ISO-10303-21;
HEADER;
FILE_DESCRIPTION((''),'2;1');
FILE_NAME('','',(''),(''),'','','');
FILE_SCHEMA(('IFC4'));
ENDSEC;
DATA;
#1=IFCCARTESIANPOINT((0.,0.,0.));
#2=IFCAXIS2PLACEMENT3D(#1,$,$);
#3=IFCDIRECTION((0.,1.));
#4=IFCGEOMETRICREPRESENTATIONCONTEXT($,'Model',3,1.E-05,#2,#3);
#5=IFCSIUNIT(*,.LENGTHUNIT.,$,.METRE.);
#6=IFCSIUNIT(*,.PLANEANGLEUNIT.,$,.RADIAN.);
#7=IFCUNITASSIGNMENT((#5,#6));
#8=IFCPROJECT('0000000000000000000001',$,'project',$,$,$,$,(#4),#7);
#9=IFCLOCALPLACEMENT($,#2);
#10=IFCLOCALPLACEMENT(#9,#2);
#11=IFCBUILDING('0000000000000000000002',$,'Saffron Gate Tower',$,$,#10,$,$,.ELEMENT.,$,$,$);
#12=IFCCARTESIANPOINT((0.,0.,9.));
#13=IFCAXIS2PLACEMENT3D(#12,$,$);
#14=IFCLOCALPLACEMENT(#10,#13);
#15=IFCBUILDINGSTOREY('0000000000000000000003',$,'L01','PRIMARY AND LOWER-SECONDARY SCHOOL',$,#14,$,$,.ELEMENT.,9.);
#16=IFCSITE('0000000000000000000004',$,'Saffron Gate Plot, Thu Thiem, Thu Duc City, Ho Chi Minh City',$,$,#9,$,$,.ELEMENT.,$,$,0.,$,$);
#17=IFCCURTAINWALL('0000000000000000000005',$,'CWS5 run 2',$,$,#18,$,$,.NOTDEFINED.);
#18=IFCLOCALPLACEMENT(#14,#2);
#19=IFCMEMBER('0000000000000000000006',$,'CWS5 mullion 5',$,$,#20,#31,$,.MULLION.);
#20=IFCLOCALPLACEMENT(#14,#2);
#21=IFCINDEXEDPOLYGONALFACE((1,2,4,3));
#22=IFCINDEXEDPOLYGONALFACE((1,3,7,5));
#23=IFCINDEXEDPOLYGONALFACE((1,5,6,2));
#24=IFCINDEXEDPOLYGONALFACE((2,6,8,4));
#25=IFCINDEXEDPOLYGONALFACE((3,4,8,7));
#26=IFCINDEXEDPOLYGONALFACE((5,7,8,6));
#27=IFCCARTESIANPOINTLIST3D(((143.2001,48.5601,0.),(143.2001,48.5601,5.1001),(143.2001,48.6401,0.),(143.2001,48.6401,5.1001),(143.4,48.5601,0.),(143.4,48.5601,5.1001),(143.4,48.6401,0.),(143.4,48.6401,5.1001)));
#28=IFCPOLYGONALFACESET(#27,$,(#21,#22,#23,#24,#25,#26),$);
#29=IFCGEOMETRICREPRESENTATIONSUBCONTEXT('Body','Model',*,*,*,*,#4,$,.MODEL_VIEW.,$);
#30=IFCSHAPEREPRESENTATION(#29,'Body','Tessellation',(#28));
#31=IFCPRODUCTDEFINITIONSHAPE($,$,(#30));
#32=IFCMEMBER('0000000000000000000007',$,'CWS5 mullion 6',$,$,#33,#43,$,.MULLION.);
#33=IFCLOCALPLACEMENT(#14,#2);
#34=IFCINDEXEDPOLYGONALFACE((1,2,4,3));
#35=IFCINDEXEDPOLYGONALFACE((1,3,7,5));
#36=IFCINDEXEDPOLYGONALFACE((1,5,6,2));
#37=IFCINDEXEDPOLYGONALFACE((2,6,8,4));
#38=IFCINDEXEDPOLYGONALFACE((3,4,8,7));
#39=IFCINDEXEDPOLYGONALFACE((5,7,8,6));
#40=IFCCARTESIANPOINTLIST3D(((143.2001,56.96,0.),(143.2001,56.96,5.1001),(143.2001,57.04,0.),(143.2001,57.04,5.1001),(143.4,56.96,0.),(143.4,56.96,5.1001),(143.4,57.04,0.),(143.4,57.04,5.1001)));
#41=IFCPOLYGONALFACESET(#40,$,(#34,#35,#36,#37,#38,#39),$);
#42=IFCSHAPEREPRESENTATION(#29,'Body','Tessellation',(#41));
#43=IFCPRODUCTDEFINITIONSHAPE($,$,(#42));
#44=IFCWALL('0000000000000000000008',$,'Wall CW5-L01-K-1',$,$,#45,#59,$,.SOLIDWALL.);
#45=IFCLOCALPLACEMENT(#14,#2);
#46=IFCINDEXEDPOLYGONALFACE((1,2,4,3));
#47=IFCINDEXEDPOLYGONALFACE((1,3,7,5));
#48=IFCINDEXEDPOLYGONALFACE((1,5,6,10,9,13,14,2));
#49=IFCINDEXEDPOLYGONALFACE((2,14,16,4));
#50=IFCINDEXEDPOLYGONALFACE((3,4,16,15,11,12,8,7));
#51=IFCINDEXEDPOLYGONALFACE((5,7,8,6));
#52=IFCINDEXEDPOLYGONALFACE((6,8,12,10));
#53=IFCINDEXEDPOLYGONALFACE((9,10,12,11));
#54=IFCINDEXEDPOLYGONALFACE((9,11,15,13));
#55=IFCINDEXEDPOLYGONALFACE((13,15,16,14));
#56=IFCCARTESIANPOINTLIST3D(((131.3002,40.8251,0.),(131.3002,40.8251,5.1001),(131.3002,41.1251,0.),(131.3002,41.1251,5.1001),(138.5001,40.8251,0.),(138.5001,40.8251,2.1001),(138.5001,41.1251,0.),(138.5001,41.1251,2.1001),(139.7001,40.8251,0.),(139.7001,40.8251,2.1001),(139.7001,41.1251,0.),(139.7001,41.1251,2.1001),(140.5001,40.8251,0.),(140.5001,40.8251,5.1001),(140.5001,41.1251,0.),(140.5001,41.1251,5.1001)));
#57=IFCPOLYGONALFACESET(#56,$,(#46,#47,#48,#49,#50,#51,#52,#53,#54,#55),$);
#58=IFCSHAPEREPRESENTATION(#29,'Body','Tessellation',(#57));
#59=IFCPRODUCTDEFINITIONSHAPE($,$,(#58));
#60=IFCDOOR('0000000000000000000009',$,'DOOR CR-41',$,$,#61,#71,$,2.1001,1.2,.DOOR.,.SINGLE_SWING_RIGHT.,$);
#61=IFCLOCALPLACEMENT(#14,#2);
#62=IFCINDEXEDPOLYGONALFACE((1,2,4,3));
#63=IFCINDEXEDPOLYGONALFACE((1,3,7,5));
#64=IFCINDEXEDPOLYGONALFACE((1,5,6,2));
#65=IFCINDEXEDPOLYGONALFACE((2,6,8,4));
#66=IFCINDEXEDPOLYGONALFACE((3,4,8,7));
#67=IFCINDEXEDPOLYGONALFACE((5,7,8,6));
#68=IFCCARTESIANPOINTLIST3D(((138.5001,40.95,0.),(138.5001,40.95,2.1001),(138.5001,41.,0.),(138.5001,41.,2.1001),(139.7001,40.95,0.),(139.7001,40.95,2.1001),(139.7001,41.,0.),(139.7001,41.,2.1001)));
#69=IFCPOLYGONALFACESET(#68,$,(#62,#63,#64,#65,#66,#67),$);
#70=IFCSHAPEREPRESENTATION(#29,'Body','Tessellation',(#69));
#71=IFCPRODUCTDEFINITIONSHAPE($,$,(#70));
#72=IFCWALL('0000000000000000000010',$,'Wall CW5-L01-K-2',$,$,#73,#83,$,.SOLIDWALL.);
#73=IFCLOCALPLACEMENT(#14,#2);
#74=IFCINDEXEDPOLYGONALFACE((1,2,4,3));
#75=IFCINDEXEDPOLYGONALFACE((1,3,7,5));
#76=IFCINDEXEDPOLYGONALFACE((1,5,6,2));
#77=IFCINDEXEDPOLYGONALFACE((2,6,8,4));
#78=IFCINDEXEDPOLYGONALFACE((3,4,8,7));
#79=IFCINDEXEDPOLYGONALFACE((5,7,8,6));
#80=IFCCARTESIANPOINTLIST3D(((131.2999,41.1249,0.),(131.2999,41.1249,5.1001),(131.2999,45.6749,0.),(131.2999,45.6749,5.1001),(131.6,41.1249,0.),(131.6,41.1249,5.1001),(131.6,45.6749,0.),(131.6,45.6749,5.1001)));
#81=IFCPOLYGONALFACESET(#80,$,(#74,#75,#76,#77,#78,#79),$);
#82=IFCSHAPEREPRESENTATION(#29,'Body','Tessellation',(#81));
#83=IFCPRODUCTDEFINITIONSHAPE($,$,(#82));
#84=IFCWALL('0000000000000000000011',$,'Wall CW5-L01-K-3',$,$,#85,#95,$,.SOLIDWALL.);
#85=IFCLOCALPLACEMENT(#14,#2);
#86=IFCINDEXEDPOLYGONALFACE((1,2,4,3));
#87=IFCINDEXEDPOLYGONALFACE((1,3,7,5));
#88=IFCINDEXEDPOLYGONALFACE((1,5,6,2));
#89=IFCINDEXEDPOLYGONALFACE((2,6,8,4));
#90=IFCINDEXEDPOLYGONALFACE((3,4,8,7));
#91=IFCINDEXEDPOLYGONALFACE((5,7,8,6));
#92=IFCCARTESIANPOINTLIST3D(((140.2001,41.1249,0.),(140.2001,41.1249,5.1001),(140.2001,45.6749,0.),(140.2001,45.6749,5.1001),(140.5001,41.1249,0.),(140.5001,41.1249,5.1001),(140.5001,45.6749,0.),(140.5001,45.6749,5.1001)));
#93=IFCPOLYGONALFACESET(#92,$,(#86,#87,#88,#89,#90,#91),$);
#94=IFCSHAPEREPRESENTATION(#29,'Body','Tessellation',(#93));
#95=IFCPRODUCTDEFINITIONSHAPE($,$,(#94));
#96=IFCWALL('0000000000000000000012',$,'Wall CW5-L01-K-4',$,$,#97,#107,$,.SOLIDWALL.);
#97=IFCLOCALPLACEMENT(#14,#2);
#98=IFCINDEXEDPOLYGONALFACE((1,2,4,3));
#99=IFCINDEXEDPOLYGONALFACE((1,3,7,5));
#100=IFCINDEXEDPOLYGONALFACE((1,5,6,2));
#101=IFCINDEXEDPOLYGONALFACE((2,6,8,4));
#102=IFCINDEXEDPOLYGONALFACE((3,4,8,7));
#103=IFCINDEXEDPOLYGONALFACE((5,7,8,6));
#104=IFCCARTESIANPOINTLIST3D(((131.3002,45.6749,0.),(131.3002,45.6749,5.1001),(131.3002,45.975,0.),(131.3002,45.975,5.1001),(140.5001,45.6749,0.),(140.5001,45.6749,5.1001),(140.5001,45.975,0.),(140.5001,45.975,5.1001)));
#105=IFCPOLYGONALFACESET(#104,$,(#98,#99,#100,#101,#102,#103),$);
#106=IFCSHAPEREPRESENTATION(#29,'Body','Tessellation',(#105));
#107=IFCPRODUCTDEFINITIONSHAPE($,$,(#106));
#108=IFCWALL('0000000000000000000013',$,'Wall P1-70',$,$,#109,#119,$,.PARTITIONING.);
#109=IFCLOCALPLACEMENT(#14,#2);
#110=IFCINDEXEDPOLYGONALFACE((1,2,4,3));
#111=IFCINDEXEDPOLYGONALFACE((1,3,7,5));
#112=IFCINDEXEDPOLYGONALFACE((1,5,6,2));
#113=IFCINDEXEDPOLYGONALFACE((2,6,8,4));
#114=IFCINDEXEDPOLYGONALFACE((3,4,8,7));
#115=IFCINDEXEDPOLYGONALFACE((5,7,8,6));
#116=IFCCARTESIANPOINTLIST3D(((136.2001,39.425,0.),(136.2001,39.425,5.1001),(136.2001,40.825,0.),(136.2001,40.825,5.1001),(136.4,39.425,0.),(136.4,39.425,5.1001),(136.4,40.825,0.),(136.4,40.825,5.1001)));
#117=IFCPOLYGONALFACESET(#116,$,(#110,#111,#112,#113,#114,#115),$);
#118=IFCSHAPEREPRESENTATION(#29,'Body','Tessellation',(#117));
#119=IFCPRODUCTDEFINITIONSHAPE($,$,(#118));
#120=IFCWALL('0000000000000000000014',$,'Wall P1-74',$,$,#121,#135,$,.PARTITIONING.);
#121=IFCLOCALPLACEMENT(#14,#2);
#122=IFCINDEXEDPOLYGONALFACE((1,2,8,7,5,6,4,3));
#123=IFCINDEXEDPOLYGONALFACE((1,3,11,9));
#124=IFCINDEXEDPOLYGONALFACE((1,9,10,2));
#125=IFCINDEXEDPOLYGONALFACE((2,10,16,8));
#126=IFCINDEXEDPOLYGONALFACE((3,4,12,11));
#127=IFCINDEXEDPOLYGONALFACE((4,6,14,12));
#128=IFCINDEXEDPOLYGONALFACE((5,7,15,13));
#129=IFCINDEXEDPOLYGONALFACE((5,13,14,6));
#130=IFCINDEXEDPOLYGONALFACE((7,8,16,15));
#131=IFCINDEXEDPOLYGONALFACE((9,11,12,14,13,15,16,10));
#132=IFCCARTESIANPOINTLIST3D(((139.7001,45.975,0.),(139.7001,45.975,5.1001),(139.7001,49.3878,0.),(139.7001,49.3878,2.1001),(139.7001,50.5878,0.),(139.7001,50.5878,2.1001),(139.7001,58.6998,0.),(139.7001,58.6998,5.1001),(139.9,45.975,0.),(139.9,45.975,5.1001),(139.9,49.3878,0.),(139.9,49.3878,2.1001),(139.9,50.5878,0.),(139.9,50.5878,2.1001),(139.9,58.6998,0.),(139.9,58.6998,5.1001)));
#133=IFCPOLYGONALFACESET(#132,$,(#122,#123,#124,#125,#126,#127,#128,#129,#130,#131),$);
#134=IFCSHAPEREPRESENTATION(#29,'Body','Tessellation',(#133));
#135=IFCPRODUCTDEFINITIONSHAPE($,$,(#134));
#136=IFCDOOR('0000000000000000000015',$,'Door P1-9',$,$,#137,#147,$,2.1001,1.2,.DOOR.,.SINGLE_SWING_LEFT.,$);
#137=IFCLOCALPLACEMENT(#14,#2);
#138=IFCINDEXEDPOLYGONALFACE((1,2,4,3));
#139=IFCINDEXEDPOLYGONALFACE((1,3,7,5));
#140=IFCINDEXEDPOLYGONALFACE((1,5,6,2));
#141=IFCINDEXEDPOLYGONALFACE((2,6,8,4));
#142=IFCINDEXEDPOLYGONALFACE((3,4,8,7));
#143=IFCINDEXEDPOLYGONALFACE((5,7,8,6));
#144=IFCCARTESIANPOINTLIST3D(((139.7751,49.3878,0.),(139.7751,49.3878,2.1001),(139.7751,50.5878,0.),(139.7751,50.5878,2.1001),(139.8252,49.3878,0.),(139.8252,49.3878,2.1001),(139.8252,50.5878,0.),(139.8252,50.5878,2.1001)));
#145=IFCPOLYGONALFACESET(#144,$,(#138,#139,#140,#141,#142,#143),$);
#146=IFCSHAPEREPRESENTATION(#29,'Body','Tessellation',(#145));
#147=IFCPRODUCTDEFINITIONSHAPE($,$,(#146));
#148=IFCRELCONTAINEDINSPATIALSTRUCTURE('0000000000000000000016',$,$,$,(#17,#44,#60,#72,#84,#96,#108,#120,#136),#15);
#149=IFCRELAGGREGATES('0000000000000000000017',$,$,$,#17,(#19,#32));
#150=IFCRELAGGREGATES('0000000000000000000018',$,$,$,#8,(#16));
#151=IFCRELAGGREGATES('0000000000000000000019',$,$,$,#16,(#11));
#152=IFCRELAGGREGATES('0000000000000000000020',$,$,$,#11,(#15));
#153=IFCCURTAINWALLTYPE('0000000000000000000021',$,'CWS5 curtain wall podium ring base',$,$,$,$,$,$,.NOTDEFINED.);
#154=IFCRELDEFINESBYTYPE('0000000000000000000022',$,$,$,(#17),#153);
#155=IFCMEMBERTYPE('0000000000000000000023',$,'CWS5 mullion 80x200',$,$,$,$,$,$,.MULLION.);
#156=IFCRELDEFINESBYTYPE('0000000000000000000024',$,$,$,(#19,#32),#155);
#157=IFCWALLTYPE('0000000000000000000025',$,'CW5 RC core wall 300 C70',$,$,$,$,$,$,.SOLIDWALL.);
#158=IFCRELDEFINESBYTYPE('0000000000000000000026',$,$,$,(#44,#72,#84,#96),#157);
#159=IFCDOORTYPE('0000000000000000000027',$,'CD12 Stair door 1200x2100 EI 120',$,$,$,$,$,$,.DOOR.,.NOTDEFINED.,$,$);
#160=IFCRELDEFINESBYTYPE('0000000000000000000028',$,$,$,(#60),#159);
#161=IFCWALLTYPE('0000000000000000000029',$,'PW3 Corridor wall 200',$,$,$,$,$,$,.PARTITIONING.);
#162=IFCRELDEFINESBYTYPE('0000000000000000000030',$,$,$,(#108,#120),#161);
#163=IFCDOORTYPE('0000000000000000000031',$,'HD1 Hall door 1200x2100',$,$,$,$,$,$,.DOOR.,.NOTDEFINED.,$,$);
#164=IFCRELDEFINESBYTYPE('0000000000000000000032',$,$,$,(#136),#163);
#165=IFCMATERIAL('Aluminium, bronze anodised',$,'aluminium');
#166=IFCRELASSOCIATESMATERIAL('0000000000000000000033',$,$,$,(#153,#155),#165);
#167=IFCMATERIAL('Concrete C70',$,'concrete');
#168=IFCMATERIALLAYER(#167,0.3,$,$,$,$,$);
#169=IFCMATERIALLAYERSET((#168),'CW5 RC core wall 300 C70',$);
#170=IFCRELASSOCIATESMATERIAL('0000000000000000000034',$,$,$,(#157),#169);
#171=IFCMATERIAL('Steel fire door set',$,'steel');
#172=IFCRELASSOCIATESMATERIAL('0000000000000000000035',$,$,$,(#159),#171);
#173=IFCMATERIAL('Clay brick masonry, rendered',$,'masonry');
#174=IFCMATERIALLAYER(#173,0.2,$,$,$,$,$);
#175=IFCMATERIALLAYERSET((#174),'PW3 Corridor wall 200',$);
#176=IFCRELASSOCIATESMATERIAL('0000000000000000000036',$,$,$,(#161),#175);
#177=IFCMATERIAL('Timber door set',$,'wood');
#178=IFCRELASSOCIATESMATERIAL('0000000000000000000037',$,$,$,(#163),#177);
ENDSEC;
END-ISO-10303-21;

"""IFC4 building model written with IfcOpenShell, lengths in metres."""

from ifc_helpers import new_model, si_unit, direction, frame, frame_2d, origin, origin_2d, place, context, subcontext, project, spatial, rectangle, extrude, material, layer, layer_set, material_profile, profile_set, type_object, element, fill, aggregate, save


model = new_model("IFC4")

# Units and contexts
model_context = context("Model", 3, precision=1e-05, world=origin(), true_north=direction((0.0, 1.0)))
body_context = subcontext(model_context, "Body", "Model", "MODEL_VIEW")
ifc_project = project(units=[si_unit("LENGTHUNIT", "METRE"), si_unit("PLANEANGLEUNIT", "RADIAN")], contexts=[model_context])

# Site, building, storey
site_placement = place(None, origin())
site = spatial("IfcSite", under=ifc_project, at=site_placement, Name="Saffron Gate Plot, Thu Thiem, Thu Duc City, Ho Chi Minh City", CompositionType="ELEMENT", RefElevation=0.0)
building_placement = place(site_placement, origin())
building = spatial("IfcBuilding", under=site, at=building_placement, Name="Saffron Gate Tower", CompositionType="ELEMENT")
storey_placement = place(building_placement, frame((0.0, 0.0, 9.0)))
storey = spatial("IfcBuildingStorey", under=building, at=storey_placement, Name="L01", Description="PRIMARY AND LOWER-SECONDARY SCHOOL", CompositionType="ELEMENT", Elevation=9.0)

# Curtain wall, members
ifc_material_1 = material(Name="Aluminium, bronze anodised", Category="aluminium")
curtain_wall_type = type_object("IfcCurtainWallType", Name="CWS5 curtain wall podium ring base", PredefinedType="NOTDEFINED", material=ifc_material_1)
curtain_wall_placement = place(storey_placement, origin())
curtain_wall = element("IfcCurtainWall", 1, at=curtain_wall_placement, inside=storey, type_object=curtain_wall_type, Name="CWS5 run 2", PredefinedType="NOTDEFINED")
ifc_material_profile_1 = material_profile(ifc_material_1, rectangle(XDim=0.2, YDim=0.0801, at=origin_2d()))
ifc_profile_set_1 = profile_set([ifc_material_profile_1], Name="Aluminium, bronze anodised")
member_type = type_object("IfcMemberType", Name="CWS5 mullion 80x200", PredefinedType="MULLION", material=ifc_profile_set_1)
member_1_placement = place(storey_placement, frame((143.3, 48.6001, 0.0), z_axis=(0.0, 0.0, 1.0), x_axis=(-1.0, 0.0, 0.0)))
member_1 = element("IfcMember", 2, at=member_1_placement, type_object=member_type, Name="CWS5 mullion 5", PredefinedType="MULLION", context=body_context, shape_type="SweptSolid", body=[
    extrude(rectangle(XDim=0.2, YDim=0.0801, at=origin_2d()), origin(), (0.0, 0.0, 1.0), 5.1001),
])
member_2_placement = place(storey_placement, frame((143.3, 57.0, 0.0), z_axis=(0.0, 0.0, 1.0), x_axis=(-1.0, 0.0, 0.0)))
member_2 = element("IfcMember", 3, at=member_2_placement, type_object=member_type, Name="CWS5 mullion 6", PredefinedType="MULLION", context=body_context, shape_type="SweptSolid", body=[
    extrude(rectangle(XDim=0.2, YDim=0.0801, at=origin_2d()), origin(), (0.0, 0.0, 1.0), 5.1001),
])
aggregate(curtain_wall, [member_1, member_2])

# Wall, opening, door
ifc_material_2 = material(Name="Concrete C70", Category="concrete")
ifc_layer_1 = layer(ifc_material_2, 0.3)
ifc_layer_set_1 = layer_set([ifc_layer_1], Name="CW5 RC core wall 300 C70")
wall_type_1 = type_object("IfcWallType", Name="CW5 RC core wall 300 C70", PredefinedType="SOLIDWALL", material=ifc_layer_set_1)
wall_1_placement = place(storey_placement, frame((131.3, 40.9751, 0.0), z_axis=(0.0, 0.0, 1.0), x_axis=(1.0, 0.0, 0.0)))
wall_1 = element("IfcWall", 4, at=wall_1_placement, inside=storey, type_object=wall_type_1, Name="Wall CW5-L01-K-1", PredefinedType="SOLIDWALL", context=body_context, shape_type="SweptSolid", body=[
    extrude(rectangle(XDim=9.2, YDim=0.3, at=frame_2d((4.6001, 0.0))), origin(), (0.0, 0.0, 1.0), 5.1001),
])
opening_1_placement = place(wall_1_placement, frame((7.2, 0.0, 0.0)))
opening_1 = element("IfcOpeningElement", 5, at=opening_1_placement, cuts=wall_1, PredefinedType="OPENING", context=body_context, shape_type="SweptSolid", body=[
    extrude(rectangle(XDim=1.2, YDim=2.1001, at=frame_2d((0.6001, 1.05))), frame((0.0, 0.1602, 0.0), z_axis=(0.0, -1.0, 0.0), x_axis=(1.0, 0.0, 0.0)), (0.0, 0.0, 1.0), 0.3201),
])
ifc_material_3 = material(Name="Steel fire door set", Category="steel")
door_type_1 = type_object("IfcDoorType", Name="CD12 Stair door 1200x2100 EI 120", OperationType="NOTDEFINED", PredefinedType="DOOR", material=ifc_material_3)
door_1_placement = place(opening_1_placement, origin())
door_1 = element("IfcDoor", 6, at=door_1_placement, inside=storey, type_object=door_type_1, Name="DOOR CR-41", OperationType="SINGLE_SWING_RIGHT", OverallHeight=2.1001, OverallWidth=1.2, PredefinedType="DOOR", context=body_context, shape_type="SweptSolid", body=[
    extrude(rectangle(XDim=1.2, YDim=2.1001, at=frame_2d((0.6001, 1.05))), frame((0.0, 0.0249, 0.0), z_axis=(0.0, -1.0, 0.0), x_axis=(1.0, 0.0, 0.0)), (0.0, 0.0, 1.0), 0.05),
])
fill(opening_1, door_1)

# Walls
for number, where, z_axis, x_axis, name in (
    (7, (131.45, 41.125, 0.0), (0.0, 0.0, 1.0), (0.0, 1.0, 0.0), "Wall CW5-L01-K-2"),
    (8, (140.3501, 41.125, 0.0), (0.0, 0.0, 1.0), (0.0, 1.0, 0.0), "Wall CW5-L01-K-3"),
):
    element("IfcWall", number, at=place(storey_placement, frame(where, z_axis=z_axis, x_axis=x_axis)), inside=storey, type_object=wall_type_1, Name=name, PredefinedType="SOLIDWALL", context=body_context, shape_type="SweptSolid", body=[
        extrude(rectangle(XDim=4.55, YDim=0.3, at=frame_2d((2.2749, 0.0))), origin(), (0.0, 0.0, 1.0), 5.1001),
    ])
wall_2_placement = place(storey_placement, frame((131.3, 45.825, 0.0), z_axis=(0.0, 0.0, 1.0), x_axis=(1.0, 0.0, 0.0)))
element("IfcWall", 9, at=wall_2_placement, inside=storey, type_object=wall_type_1, Name="Wall CW5-L01-K-4", PredefinedType="SOLIDWALL", context=body_context, shape_type="SweptSolid", body=[
    extrude(rectangle(XDim=9.2, YDim=0.3, at=frame_2d((4.6001, 0.0))), origin(), (0.0, 0.0, 1.0), 5.1001),
])
ifc_material_4 = material(Name="Clay brick masonry, rendered", Category="masonry")
ifc_layer_2 = layer(ifc_material_4, 0.2)
ifc_layer_set_2 = layer_set([ifc_layer_2], Name="PW3 Corridor wall 200")
wall_type_2 = type_object("IfcWallType", Name="PW3 Corridor wall 200", PredefinedType="PARTITIONING", material=ifc_layer_set_2)
wall_3_placement = place(storey_placement, frame((136.3, 40.825, 0.0), z_axis=(0.0, 0.0, 1.0), x_axis=(0.0, -1.0, 0.0)))
element("IfcWall", 10, at=wall_3_placement, inside=storey, type_object=wall_type_2, Name="Wall P1-70", PredefinedType="PARTITIONING", context=body_context, shape_type="SweptSolid", body=[
    extrude(rectangle(XDim=1.3999, YDim=0.2, at=frame_2d((0.7, 0.0))), origin(), (0.0, 0.0, 1.0), 5.1001),
])

# Wall, opening, door
wall_4_placement = place(storey_placement, frame((139.8, 45.9751, 0.0), z_axis=(0.0, 0.0, 1.0), x_axis=(0.0, 1.0, 0.0)))
wall_4 = element("IfcWall", 11, at=wall_4_placement, inside=storey, type_object=wall_type_2, Name="Wall P1-74", PredefinedType="PARTITIONING", context=body_context, shape_type="SweptSolid", body=[
    extrude(rectangle(XDim=12.7249, YDim=0.2, at=frame_2d((6.3623, 0.0))), origin(), (0.0, 0.0, 1.0), 5.1001),
])
opening_2_placement = place(wall_4_placement, frame((3.4126, 0.0, 0.0)))
opening_2 = element("IfcOpeningElement", 12, at=opening_2_placement, cuts=wall_4, PredefinedType="OPENING", context=body_context, shape_type="SweptSolid", body=[
    extrude(rectangle(XDim=1.2, YDim=2.1001, at=frame_2d((0.6001, 1.05))), frame((0.0, 0.1099, 0.0), z_axis=(0.0, -1.0, 0.0), x_axis=(1.0, 0.0, 0.0)), (0.0, 0.0, 1.0), 0.22),
])
ifc_material_5 = material(Name="Timber door set", Category="wood")
door_type_2 = type_object("IfcDoorType", Name="HD1 Hall door 1200x2100", OperationType="NOTDEFINED", PredefinedType="DOOR", material=ifc_material_5)
door_2_placement = place(opening_2_placement, origin())
door_2 = element("IfcDoor", 13, at=door_2_placement, inside=storey, type_object=door_type_2, Name="Door P1-9", OperationType="SINGLE_SWING_LEFT", OverallHeight=2.1001, OverallWidth=1.2, PredefinedType="DOOR", context=body_context, shape_type="SweptSolid", body=[
    extrude(rectangle(XDim=1.2, YDim=2.1001, at=frame_2d((0.6001, 1.05))), frame((0.0, 0.0249, 0.0), z_axis=(0.0, -1.0, 0.0), x_axis=(1.0, 0.0, 0.0)), (0.0, 0.0, 1.0), 0.05),
])
fill(opening_2, door_2)

save(model, "model.ifc")
